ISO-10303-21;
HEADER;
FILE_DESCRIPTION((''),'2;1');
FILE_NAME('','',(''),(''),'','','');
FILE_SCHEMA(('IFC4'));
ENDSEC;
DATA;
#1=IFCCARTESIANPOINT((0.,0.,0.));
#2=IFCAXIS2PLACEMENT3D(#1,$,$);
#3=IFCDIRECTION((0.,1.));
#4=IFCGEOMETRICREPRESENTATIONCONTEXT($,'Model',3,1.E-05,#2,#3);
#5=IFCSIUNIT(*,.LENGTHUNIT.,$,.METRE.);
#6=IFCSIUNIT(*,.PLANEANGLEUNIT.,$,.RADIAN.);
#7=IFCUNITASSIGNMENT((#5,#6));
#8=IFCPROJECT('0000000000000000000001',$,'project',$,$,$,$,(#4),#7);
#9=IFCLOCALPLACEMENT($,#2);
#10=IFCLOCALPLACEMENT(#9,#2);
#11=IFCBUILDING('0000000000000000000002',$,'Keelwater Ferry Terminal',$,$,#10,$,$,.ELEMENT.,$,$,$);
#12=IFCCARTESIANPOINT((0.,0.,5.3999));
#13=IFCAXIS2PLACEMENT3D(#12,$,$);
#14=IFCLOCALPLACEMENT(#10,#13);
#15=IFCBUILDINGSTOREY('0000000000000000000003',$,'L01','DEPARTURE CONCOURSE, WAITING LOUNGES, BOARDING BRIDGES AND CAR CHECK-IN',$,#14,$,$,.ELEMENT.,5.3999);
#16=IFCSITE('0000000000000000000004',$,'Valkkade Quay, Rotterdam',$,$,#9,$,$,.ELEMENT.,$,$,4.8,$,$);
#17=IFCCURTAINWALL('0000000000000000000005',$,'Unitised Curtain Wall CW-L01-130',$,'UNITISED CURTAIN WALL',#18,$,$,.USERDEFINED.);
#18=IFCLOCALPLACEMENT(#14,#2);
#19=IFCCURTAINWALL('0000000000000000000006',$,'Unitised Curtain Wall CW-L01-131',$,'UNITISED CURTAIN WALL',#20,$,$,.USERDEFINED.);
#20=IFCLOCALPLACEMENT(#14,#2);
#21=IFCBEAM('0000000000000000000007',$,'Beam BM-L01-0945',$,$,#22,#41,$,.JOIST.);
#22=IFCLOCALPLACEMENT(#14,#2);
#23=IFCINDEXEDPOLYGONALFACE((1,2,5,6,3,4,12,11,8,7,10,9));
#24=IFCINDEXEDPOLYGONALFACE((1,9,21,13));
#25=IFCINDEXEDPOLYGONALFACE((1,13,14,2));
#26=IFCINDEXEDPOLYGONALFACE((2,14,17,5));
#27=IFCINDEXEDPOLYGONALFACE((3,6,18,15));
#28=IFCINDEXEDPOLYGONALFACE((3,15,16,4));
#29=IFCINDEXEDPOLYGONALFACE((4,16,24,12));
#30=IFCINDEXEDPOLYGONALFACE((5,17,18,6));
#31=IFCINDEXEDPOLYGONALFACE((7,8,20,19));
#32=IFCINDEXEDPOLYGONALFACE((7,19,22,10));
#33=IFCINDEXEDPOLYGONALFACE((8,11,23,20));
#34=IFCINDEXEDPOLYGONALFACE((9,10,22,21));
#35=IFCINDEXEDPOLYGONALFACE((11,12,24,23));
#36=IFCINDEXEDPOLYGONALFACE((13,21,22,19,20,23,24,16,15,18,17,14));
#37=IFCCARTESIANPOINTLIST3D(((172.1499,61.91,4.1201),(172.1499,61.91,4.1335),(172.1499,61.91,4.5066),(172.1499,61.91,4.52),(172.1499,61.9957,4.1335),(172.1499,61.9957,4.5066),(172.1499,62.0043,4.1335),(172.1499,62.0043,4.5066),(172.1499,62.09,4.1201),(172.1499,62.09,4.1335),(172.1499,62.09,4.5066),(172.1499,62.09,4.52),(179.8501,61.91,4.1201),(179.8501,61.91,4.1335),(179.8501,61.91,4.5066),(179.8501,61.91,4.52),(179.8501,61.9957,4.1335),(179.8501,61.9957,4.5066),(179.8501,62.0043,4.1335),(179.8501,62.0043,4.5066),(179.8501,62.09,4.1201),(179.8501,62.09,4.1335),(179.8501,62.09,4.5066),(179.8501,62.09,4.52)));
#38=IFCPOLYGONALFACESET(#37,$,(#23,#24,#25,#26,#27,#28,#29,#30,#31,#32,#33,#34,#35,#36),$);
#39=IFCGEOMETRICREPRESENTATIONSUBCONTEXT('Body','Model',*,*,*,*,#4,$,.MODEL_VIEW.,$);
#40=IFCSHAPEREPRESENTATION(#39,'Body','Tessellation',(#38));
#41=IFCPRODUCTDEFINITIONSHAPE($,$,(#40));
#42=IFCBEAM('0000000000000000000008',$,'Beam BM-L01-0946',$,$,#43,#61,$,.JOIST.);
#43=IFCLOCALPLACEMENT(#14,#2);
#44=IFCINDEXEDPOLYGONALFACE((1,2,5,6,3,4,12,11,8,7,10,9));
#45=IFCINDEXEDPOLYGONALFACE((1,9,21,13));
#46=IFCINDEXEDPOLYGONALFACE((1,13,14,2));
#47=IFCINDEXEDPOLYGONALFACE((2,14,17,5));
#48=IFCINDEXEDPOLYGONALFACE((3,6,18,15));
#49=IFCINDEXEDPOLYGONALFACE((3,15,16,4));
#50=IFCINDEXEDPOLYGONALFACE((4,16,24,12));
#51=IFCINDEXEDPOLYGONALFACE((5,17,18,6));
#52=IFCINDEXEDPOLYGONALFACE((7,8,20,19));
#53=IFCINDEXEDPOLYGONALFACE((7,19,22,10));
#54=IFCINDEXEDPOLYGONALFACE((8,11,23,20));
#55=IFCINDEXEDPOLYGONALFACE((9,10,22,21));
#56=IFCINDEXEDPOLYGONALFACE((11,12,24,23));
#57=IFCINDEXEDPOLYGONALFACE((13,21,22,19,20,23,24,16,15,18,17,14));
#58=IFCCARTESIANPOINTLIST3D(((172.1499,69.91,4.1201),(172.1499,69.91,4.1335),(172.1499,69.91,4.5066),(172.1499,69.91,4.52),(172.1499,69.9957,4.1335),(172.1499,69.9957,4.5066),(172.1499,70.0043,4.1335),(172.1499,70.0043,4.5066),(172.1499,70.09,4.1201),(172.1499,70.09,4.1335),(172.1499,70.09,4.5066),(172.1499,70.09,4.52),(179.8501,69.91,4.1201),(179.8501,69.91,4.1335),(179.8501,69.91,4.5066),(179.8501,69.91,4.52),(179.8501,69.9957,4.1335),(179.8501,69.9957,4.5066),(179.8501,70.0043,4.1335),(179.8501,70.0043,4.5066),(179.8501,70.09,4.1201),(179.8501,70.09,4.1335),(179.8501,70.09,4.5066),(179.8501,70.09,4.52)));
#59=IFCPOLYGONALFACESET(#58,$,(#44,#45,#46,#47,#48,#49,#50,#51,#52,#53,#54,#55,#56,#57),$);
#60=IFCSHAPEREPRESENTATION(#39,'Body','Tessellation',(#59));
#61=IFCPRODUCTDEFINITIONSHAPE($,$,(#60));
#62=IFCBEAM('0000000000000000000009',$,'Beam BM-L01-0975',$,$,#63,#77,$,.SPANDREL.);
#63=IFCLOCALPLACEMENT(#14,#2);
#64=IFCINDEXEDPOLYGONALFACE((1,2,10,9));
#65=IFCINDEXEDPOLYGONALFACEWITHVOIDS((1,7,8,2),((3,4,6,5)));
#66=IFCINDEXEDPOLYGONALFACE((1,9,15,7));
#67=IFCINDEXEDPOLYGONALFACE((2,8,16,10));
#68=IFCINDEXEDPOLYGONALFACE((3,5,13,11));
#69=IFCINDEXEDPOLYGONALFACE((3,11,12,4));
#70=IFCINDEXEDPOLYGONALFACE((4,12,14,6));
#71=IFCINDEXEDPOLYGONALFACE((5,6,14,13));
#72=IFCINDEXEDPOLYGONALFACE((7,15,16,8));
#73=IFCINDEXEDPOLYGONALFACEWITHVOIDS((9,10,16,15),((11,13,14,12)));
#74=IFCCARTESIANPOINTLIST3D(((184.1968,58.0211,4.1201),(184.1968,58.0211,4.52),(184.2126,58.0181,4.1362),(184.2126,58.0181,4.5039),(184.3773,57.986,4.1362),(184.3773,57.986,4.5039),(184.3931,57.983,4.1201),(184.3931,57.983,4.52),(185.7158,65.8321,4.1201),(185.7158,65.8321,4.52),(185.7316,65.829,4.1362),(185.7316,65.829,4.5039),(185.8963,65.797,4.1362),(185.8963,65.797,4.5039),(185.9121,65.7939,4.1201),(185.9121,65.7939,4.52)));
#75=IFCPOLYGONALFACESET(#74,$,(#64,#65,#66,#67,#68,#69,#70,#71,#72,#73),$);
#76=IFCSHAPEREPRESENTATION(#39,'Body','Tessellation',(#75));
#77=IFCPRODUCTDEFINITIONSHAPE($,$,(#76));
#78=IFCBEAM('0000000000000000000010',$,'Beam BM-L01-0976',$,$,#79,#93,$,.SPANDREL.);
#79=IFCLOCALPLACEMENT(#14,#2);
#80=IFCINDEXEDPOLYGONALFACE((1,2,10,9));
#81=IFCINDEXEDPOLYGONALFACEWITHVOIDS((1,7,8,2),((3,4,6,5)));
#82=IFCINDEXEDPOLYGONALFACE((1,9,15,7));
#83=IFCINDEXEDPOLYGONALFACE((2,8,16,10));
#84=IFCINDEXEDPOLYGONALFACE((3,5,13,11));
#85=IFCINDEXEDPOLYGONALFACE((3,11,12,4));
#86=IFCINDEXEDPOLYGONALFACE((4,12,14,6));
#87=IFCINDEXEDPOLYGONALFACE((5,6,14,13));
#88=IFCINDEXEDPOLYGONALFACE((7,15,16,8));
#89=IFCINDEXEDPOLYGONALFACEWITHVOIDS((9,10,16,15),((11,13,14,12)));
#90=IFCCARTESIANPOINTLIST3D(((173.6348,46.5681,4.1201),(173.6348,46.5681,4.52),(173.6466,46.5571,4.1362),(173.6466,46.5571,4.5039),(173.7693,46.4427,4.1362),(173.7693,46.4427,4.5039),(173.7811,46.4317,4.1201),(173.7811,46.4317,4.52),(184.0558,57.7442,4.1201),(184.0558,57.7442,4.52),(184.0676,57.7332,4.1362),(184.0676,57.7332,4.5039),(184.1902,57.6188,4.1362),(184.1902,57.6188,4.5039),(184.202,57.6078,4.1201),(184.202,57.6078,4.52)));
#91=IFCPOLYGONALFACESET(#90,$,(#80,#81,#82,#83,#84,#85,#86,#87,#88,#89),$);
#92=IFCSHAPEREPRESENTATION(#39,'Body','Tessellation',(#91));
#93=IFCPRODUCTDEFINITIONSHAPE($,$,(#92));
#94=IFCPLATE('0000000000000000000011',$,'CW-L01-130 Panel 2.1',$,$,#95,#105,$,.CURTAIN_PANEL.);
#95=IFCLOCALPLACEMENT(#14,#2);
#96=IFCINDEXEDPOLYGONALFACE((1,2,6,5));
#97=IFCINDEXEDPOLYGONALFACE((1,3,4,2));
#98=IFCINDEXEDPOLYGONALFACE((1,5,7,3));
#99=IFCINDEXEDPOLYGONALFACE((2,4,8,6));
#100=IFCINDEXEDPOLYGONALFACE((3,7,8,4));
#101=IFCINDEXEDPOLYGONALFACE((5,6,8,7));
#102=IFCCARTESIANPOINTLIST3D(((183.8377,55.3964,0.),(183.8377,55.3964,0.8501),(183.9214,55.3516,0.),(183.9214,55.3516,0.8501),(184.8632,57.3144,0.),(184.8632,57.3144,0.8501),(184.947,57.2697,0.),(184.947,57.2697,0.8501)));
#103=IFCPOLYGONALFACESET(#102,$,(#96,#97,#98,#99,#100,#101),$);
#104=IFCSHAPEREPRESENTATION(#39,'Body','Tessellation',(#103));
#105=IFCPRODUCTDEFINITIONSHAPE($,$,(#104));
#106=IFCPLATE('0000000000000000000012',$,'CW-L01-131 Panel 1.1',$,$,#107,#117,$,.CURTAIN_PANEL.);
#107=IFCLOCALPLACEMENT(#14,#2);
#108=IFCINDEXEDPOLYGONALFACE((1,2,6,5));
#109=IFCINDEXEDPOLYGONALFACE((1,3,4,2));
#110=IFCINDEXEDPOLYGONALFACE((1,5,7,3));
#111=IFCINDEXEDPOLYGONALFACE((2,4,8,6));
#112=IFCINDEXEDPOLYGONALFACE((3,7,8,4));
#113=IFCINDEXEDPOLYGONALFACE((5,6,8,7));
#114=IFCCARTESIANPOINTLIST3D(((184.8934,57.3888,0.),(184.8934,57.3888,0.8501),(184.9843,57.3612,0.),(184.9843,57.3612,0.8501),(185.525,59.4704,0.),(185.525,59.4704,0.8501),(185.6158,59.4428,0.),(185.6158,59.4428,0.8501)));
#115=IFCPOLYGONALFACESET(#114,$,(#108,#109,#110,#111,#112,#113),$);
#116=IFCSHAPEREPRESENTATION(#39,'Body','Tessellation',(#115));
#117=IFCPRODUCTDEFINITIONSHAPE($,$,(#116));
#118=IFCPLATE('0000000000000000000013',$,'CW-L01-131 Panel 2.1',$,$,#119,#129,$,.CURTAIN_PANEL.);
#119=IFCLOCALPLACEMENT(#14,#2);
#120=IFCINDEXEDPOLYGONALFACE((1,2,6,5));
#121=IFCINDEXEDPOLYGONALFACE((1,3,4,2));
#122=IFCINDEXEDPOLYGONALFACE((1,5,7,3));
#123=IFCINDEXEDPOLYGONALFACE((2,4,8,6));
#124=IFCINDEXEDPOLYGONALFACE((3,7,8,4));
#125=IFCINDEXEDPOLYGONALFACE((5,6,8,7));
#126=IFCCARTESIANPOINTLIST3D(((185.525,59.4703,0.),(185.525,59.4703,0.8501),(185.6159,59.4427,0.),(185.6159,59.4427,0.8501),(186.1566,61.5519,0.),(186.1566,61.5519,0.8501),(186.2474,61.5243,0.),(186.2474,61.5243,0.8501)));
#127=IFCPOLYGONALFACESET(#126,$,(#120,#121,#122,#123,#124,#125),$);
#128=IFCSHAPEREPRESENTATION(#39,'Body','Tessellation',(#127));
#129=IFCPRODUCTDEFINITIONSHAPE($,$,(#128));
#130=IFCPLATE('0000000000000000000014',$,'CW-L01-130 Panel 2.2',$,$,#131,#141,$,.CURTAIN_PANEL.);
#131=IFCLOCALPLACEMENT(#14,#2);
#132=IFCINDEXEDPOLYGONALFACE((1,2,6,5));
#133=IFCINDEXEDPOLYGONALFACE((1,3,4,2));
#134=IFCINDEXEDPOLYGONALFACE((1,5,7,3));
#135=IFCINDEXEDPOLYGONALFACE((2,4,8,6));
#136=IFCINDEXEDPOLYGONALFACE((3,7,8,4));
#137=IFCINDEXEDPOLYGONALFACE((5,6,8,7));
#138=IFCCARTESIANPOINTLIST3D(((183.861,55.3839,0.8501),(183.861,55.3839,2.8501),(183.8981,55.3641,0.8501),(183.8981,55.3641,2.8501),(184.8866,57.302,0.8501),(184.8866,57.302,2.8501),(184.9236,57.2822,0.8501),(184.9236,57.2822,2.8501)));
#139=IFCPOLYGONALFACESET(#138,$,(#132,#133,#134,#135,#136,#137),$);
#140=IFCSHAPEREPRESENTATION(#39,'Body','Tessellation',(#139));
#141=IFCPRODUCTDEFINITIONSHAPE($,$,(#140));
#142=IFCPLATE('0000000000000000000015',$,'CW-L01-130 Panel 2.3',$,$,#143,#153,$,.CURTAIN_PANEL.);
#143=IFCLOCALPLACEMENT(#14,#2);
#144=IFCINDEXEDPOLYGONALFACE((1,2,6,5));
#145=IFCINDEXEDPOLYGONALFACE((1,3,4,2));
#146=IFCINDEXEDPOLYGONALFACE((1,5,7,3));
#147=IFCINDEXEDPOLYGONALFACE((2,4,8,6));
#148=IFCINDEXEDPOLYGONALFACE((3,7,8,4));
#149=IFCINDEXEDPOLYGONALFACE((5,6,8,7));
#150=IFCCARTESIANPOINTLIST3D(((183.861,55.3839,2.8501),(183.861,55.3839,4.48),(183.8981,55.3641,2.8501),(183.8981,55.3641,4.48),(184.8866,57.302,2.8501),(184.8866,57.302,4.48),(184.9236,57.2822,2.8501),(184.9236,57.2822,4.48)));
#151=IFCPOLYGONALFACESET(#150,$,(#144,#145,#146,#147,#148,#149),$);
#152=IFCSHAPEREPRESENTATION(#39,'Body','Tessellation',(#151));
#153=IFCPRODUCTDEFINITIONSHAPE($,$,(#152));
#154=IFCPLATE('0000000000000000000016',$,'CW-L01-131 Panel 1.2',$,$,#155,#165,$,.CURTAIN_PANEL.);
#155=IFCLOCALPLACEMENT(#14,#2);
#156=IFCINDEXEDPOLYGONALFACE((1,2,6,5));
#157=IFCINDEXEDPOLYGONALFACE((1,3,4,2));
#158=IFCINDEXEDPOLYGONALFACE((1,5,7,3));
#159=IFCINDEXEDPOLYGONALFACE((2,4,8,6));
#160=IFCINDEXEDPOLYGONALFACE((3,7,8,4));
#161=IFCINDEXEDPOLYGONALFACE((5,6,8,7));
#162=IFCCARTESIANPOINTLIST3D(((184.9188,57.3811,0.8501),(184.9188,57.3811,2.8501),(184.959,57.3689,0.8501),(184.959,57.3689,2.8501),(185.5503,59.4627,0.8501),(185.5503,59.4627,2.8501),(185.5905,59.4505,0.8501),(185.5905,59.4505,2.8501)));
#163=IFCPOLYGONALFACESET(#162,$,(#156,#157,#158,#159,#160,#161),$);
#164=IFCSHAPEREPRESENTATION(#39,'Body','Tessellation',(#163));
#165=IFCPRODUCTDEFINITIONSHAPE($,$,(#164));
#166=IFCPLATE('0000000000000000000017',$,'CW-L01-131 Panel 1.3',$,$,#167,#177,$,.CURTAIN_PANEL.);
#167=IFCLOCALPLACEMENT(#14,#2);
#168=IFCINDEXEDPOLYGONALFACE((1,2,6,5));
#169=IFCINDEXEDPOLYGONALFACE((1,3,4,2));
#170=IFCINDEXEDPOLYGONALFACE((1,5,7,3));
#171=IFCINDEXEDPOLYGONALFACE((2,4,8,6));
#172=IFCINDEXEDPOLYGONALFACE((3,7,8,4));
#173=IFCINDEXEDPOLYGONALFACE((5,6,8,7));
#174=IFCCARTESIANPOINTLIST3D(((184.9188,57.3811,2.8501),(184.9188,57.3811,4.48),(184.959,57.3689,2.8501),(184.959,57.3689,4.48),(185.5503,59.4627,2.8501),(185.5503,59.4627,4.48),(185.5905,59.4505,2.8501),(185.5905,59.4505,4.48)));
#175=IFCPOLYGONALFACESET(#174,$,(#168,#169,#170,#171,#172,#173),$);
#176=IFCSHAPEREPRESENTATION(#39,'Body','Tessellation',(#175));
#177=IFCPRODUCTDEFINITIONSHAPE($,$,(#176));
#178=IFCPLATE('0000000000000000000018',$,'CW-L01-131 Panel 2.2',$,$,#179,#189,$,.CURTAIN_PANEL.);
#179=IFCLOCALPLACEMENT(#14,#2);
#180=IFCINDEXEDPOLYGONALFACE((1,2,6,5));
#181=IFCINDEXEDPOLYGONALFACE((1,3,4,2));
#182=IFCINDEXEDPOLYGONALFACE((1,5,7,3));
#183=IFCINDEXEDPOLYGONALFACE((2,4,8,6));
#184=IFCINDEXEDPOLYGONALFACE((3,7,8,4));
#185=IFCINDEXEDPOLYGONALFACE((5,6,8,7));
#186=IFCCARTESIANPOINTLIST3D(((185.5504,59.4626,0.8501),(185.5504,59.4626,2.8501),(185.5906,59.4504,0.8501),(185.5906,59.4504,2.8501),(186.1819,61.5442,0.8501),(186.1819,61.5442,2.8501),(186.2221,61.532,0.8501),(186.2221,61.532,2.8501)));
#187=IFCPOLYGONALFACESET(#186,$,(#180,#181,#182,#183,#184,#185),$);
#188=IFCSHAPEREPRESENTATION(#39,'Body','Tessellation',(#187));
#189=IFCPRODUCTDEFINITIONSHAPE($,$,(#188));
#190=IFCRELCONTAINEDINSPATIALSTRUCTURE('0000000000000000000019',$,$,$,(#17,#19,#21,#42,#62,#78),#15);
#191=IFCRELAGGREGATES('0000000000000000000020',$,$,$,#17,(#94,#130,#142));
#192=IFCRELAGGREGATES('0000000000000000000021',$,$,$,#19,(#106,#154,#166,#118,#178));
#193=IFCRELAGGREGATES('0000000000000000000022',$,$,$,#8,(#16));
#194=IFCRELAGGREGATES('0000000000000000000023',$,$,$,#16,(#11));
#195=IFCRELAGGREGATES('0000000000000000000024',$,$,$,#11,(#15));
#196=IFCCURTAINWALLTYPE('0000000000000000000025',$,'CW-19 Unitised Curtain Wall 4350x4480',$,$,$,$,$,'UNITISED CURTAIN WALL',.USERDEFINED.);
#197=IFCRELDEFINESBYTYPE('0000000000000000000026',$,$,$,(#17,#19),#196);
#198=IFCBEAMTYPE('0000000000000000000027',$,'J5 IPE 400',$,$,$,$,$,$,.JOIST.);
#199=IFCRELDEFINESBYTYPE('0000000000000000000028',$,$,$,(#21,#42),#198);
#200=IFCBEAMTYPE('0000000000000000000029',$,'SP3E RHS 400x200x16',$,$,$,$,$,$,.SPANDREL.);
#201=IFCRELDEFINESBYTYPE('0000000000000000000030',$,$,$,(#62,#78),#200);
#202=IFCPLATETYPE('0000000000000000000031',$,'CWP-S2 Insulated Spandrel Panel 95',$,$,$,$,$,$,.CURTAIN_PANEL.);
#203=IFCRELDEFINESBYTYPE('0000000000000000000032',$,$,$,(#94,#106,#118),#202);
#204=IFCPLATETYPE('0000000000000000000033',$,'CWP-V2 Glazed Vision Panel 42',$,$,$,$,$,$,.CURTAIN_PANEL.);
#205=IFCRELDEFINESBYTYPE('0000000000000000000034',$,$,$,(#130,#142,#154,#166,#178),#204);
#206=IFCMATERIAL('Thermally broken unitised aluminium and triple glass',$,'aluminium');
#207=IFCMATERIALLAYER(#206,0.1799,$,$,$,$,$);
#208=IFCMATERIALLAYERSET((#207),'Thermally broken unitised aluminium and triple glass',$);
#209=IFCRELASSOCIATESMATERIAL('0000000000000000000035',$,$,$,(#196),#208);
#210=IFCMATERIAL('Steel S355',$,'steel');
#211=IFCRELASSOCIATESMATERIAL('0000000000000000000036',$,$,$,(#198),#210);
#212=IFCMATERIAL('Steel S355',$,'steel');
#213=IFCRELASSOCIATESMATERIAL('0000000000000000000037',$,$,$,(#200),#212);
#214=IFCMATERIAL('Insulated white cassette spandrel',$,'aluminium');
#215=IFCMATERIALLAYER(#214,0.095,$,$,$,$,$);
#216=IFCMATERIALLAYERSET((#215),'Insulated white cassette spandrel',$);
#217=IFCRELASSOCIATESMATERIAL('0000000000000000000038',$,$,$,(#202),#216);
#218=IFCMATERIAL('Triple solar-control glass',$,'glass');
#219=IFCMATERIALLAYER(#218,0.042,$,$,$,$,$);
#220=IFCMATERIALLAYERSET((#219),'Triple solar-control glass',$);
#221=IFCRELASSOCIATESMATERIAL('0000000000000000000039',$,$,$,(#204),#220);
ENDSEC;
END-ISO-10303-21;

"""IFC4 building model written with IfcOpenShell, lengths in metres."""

from ifc_helpers import new_model, si_unit, direction, frame, origin, origin_2d, place, context, subcontext, project, spatial, rectangle, hollow_rectangle, i_section, extrude, material, layer, layer_set, material_profile, profile_set, type_object, element, aggregate, save


model = new_model("IFC4")

# Units and contexts
model_context = context("Model", 3, precision=1e-05, world=origin(), true_north=direction((0.0, 1.0)))
body_context = subcontext(model_context, "Body", "Model", "MODEL_VIEW")
ifc_project = project(units=[si_unit("LENGTHUNIT", "METRE"), si_unit("PLANEANGLEUNIT", "RADIAN")], contexts=[model_context])

# Site, building, storey
site_placement = place(None, origin())
site = spatial("IfcSite", under=ifc_project, at=site_placement, Name="Valkkade Quay, Rotterdam", CompositionType="ELEMENT", RefElevation=4.8)
building_placement = place(site_placement, origin())
building = spatial("IfcBuilding", under=site, at=building_placement, Name="Keelwater Ferry Terminal", CompositionType="ELEMENT")
storey_placement = place(building_placement, frame((0.0, 0.0, 5.3999)))
storey = spatial("IfcBuildingStorey", under=building, at=storey_placement, Name="L01", Description="DEPARTURE CONCOURSE, WAITING LOUNGES, BOARDING BRIDGES AND CAR CHECK-IN", CompositionType="ELEMENT", Elevation=5.3999)

# Curtain wall
ifc_material_1 = material(Name="Thermally broken unitised aluminium and triple glass", Category="aluminium")
ifc_layer_1 = layer(ifc_material_1, 0.1799)
ifc_layer_set_1 = layer_set([ifc_layer_1], Name="Thermally broken unitised aluminium and triple glass")
curtain_wall_type = type_object("IfcCurtainWallType", Name="CW-19 Unitised Curtain Wall 4350x4480", ElementType="UNITISED CURTAIN WALL", PredefinedType="USERDEFINED", material=ifc_layer_set_1)
curtain_wall_1_placement = place(storey_placement, origin())
curtain_wall_1 = element("IfcCurtainWall", 1, at=curtain_wall_1_placement, inside=storey, type_object=curtain_wall_type, Name="Unitised Curtain Wall CW-L01-130", ObjectType="UNITISED CURTAIN WALL", PredefinedType="USERDEFINED")

# Curtain wall
curtain_wall_2_placement = place(storey_placement, origin())
curtain_wall_2 = element("IfcCurtainWall", 2, at=curtain_wall_2_placement, inside=storey, type_object=curtain_wall_type, Name="Unitised Curtain Wall CW-L01-131", ObjectType="UNITISED CURTAIN WALL", PredefinedType="USERDEFINED")

# Beams
ifc_material_2 = material(Name="Steel S355", Category="steel")
ifc_material_profile_1 = material_profile(ifc_material_2, i_section(OverallWidth=0.1799, OverallDepth=0.3999, WebThickness=0.0085, FlangeThickness=0.0134, at=origin_2d()), Name="IPE 400")
ifc_profile_set_1 = profile_set([ifc_material_profile_1], Name="Steel S355")
beam_type_1 = type_object("IfcBeamType", Name="J5 IPE 400", PredefinedType="JOIST", material=ifc_profile_set_1)
for number, where, z_axis, x_axis, name in (
    (3, (172.1499, 62.0, 4.3201), (1.0, 0.0, 0.0), (0.0, 1.0, 0.0), "Beam BM-L01-0945"),
    (4, (172.1499, 70.0, 4.3201), (1.0, 0.0, 0.0), (0.0, 1.0, 0.0), "Beam BM-L01-0946"),
):
    element("IfcBeam", number, at=place(storey_placement, frame(where, z_axis=z_axis, x_axis=x_axis)), inside=storey, type_object=beam_type_1, Name=name, PredefinedType="JOIST", context=body_context, shape_type="SweptSolid", body=[
        extrude(i_section(OverallWidth=0.1799, OverallDepth=0.3999, WebThickness=0.0085, FlangeThickness=0.0134, at=origin_2d()), origin(), (0.0, 0.0, 1.0), 7.7002),
    ])
ifc_material_3 = material(Name="Steel S355", Category="steel")
ifc_material_profile_2 = material_profile(ifc_material_3, hollow_rectangle(XDim=0.2, YDim=0.3999, WallThickness=0.0161, at=origin_2d()), Name="RHS 400x200x16")
ifc_profile_set_2 = profile_set([ifc_material_profile_2], Name="Steel S355")
beam_type_2 = type_object("IfcBeamType", Name="SP3E RHS 400x200x16", PredefinedType="SPANDREL", material=ifc_profile_set_2)
beam_1_placement = place(storey_placement, frame((185.814, 65.813, 4.3201), z_axis=(-0.190898, -0.98161, 0.0), x_axis=(0.98161, -0.190898, 0.0)))
element("IfcBeam", 5, at=beam_1_placement, inside=storey, type_object=beam_type_2, Name="Beam BM-L01-0975", PredefinedType="SPANDREL", context=body_context, shape_type="SweptSolid", body=[
    extrude(hollow_rectangle(XDim=0.2, YDim=0.3999, WallThickness=0.0161, at=origin_2d()), origin(), (0.0, 0.0, 1.0), 7.9573),
])
beam_2_placement = place(storey_placement, frame((184.1289, 57.676, 4.3201), z_axis=(-0.681966, -0.731384, 0.0), x_axis=(0.731384, -0.681966, 0.0)))
element("IfcBeam", 6, at=beam_2_placement, inside=storey, type_object=beam_type_2, Name="Beam BM-L01-0976", PredefinedType="SPANDREL", context=body_context, shape_type="SweptSolid", body=[
    extrude(hollow_rectangle(XDim=0.2, YDim=0.3999, WallThickness=0.0161, at=origin_2d()), origin(), (0.0, 0.0, 1.0), 15.2808),
])

# Plates
ifc_material_4 = material(Name="Insulated white cassette spandrel", Category="aluminium")
ifc_layer_2 = layer(ifc_material_4, 0.095)
ifc_layer_set_2 = layer_set([ifc_layer_2], Name="Insulated white cassette spandrel")
plate_type_1 = type_object("IfcPlateType", Name="CWP-S2 Insulated Spandrel Panel 95", PredefinedType="CURTAIN_PANEL", material=ifc_layer_set_2)
plate_1_placement = place(storey_placement, frame((184.3923, 56.333, 0.0), z_axis=(0.0, 0.0, 1.0), x_axis=(0.471507, 0.881862, 0.0)))
plate_1 = element("IfcPlate", 7, at=plate_1_placement, type_object=plate_type_1, Name="CW-L01-130 Panel 2.1", PredefinedType="CURTAIN_PANEL", context=body_context, shape_type="SweptSolid", body=[
    extrude(rectangle(XDim=2.175, YDim=0.095, at=origin_2d()), origin(), (0.0, 0.0, 1.0), 0.8501),
])
plate_2_placement = place(storey_placement, frame((185.2546, 58.4158, 0.0), z_axis=(0.0, 0.0, 1.0), x_axis=(0.29032, 0.95693, 0.0)))
plate_2 = element("IfcPlate", 8, at=plate_2_placement, type_object=plate_type_1, Name="CW-L01-131 Panel 1.1", PredefinedType="CURTAIN_PANEL", context=body_context, shape_type="SweptSolid", body=[
    extrude(rectangle(XDim=2.1753, YDim=0.095, at=origin_2d()), origin(), (0.0, 0.0, 1.0), 0.8501),
])
plate_3_placement = place(storey_placement, frame((185.8862, 60.4973, 0.0), z_axis=(0.0, 0.0, 1.0), x_axis=(0.29032, 0.95693, 0.0)))
plate_3 = element("IfcPlate", 9, at=plate_3_placement, type_object=plate_type_1, Name="CW-L01-131 Panel 2.1", PredefinedType="CURTAIN_PANEL", context=body_context, shape_type="SweptSolid", body=[
    extrude(rectangle(XDim=2.1753, YDim=0.095, at=origin_2d()), origin(), (0.0, 0.0, 1.0), 0.8501),
])
ifc_material_5 = material(Name="Triple solar-control glass", Category="glass")
ifc_layer_3 = layer(ifc_material_5, 0.042)
ifc_layer_set_3 = layer_set([ifc_layer_3], Name="Triple solar-control glass")
plate_type_2 = type_object("IfcPlateType", Name="CWP-V2 Glazed Vision Panel 42", PredefinedType="CURTAIN_PANEL", material=ifc_layer_set_3)
plate_4_placement = place(storey_placement, frame((184.3923, 56.333, 0.8501), z_axis=(0.0, 0.0, 1.0), x_axis=(0.471507, 0.881862, 0.0)))
plate_4 = element("IfcPlate", 10, at=plate_4_placement, type_object=plate_type_2, Name="CW-L01-130 Panel 2.2", PredefinedType="CURTAIN_PANEL", context=body_context, shape_type="SweptSolid", body=[
    extrude(rectangle(XDim=2.175, YDim=0.042, at=origin_2d()), origin(), (0.0, 0.0, 1.0), 2.0),
])
plate_5_placement = place(storey_placement, frame((184.3923, 56.333, 2.8501), z_axis=(0.0, 0.0, 1.0), x_axis=(0.471507, 0.881862, 0.0)))
plate_5 = element("IfcPlate", 11, at=plate_5_placement, type_object=plate_type_2, Name="CW-L01-130 Panel 2.3", PredefinedType="CURTAIN_PANEL", context=body_context, shape_type="SweptSolid", body=[
    extrude(rectangle(XDim=2.175, YDim=0.042, at=origin_2d()), origin(), (0.0, 0.0, 1.0), 1.6299),
])
aggregate(curtain_wall_1, [plate_1, plate_4, plate_5])
plate_6_placement = place(storey_placement, frame((185.2546, 58.4158, 0.8501), z_axis=(0.0, 0.0, 1.0), x_axis=(0.29032, 0.95693, 0.0)))
plate_6 = element("IfcPlate", 12, at=plate_6_placement, type_object=plate_type_2, Name="CW-L01-131 Panel 1.2", PredefinedType="CURTAIN_PANEL", context=body_context, shape_type="SweptSolid", body=[
    extrude(rectangle(XDim=2.1753, YDim=0.042, at=origin_2d()), origin(), (0.0, 0.0, 1.0), 2.0),
])
plate_7_placement = place(storey_placement, frame((185.2546, 58.4158, 2.8501), z_axis=(0.0, 0.0, 1.0), x_axis=(0.29032, 0.95693, 0.0)))
plate_7 = element("IfcPlate", 13, at=plate_7_placement, type_object=plate_type_2, Name="CW-L01-131 Panel 1.3", PredefinedType="CURTAIN_PANEL", context=body_context, shape_type="SweptSolid", body=[
    extrude(rectangle(XDim=2.1753, YDim=0.042, at=origin_2d()), origin(), (0.0, 0.0, 1.0), 1.6299),
])
plate_8_placement = place(storey_placement, frame((185.8862, 60.4973, 0.8501), z_axis=(0.0, 0.0, 1.0), x_axis=(0.29032, 0.95693, 0.0)))
plate_8 = element("IfcPlate", 14, at=plate_8_placement, type_object=plate_type_2, Name="CW-L01-131 Panel 2.2", PredefinedType="CURTAIN_PANEL", context=body_context, shape_type="SweptSolid", body=[
    extrude(rectangle(XDim=2.1753, YDim=0.042, at=origin_2d()), origin(), (0.0, 0.0, 1.0), 2.0),
])
aggregate(curtain_wall_2, [plate_2, plate_6, plate_7, plate_3, plate_8])

save(model, "model.ifc")
